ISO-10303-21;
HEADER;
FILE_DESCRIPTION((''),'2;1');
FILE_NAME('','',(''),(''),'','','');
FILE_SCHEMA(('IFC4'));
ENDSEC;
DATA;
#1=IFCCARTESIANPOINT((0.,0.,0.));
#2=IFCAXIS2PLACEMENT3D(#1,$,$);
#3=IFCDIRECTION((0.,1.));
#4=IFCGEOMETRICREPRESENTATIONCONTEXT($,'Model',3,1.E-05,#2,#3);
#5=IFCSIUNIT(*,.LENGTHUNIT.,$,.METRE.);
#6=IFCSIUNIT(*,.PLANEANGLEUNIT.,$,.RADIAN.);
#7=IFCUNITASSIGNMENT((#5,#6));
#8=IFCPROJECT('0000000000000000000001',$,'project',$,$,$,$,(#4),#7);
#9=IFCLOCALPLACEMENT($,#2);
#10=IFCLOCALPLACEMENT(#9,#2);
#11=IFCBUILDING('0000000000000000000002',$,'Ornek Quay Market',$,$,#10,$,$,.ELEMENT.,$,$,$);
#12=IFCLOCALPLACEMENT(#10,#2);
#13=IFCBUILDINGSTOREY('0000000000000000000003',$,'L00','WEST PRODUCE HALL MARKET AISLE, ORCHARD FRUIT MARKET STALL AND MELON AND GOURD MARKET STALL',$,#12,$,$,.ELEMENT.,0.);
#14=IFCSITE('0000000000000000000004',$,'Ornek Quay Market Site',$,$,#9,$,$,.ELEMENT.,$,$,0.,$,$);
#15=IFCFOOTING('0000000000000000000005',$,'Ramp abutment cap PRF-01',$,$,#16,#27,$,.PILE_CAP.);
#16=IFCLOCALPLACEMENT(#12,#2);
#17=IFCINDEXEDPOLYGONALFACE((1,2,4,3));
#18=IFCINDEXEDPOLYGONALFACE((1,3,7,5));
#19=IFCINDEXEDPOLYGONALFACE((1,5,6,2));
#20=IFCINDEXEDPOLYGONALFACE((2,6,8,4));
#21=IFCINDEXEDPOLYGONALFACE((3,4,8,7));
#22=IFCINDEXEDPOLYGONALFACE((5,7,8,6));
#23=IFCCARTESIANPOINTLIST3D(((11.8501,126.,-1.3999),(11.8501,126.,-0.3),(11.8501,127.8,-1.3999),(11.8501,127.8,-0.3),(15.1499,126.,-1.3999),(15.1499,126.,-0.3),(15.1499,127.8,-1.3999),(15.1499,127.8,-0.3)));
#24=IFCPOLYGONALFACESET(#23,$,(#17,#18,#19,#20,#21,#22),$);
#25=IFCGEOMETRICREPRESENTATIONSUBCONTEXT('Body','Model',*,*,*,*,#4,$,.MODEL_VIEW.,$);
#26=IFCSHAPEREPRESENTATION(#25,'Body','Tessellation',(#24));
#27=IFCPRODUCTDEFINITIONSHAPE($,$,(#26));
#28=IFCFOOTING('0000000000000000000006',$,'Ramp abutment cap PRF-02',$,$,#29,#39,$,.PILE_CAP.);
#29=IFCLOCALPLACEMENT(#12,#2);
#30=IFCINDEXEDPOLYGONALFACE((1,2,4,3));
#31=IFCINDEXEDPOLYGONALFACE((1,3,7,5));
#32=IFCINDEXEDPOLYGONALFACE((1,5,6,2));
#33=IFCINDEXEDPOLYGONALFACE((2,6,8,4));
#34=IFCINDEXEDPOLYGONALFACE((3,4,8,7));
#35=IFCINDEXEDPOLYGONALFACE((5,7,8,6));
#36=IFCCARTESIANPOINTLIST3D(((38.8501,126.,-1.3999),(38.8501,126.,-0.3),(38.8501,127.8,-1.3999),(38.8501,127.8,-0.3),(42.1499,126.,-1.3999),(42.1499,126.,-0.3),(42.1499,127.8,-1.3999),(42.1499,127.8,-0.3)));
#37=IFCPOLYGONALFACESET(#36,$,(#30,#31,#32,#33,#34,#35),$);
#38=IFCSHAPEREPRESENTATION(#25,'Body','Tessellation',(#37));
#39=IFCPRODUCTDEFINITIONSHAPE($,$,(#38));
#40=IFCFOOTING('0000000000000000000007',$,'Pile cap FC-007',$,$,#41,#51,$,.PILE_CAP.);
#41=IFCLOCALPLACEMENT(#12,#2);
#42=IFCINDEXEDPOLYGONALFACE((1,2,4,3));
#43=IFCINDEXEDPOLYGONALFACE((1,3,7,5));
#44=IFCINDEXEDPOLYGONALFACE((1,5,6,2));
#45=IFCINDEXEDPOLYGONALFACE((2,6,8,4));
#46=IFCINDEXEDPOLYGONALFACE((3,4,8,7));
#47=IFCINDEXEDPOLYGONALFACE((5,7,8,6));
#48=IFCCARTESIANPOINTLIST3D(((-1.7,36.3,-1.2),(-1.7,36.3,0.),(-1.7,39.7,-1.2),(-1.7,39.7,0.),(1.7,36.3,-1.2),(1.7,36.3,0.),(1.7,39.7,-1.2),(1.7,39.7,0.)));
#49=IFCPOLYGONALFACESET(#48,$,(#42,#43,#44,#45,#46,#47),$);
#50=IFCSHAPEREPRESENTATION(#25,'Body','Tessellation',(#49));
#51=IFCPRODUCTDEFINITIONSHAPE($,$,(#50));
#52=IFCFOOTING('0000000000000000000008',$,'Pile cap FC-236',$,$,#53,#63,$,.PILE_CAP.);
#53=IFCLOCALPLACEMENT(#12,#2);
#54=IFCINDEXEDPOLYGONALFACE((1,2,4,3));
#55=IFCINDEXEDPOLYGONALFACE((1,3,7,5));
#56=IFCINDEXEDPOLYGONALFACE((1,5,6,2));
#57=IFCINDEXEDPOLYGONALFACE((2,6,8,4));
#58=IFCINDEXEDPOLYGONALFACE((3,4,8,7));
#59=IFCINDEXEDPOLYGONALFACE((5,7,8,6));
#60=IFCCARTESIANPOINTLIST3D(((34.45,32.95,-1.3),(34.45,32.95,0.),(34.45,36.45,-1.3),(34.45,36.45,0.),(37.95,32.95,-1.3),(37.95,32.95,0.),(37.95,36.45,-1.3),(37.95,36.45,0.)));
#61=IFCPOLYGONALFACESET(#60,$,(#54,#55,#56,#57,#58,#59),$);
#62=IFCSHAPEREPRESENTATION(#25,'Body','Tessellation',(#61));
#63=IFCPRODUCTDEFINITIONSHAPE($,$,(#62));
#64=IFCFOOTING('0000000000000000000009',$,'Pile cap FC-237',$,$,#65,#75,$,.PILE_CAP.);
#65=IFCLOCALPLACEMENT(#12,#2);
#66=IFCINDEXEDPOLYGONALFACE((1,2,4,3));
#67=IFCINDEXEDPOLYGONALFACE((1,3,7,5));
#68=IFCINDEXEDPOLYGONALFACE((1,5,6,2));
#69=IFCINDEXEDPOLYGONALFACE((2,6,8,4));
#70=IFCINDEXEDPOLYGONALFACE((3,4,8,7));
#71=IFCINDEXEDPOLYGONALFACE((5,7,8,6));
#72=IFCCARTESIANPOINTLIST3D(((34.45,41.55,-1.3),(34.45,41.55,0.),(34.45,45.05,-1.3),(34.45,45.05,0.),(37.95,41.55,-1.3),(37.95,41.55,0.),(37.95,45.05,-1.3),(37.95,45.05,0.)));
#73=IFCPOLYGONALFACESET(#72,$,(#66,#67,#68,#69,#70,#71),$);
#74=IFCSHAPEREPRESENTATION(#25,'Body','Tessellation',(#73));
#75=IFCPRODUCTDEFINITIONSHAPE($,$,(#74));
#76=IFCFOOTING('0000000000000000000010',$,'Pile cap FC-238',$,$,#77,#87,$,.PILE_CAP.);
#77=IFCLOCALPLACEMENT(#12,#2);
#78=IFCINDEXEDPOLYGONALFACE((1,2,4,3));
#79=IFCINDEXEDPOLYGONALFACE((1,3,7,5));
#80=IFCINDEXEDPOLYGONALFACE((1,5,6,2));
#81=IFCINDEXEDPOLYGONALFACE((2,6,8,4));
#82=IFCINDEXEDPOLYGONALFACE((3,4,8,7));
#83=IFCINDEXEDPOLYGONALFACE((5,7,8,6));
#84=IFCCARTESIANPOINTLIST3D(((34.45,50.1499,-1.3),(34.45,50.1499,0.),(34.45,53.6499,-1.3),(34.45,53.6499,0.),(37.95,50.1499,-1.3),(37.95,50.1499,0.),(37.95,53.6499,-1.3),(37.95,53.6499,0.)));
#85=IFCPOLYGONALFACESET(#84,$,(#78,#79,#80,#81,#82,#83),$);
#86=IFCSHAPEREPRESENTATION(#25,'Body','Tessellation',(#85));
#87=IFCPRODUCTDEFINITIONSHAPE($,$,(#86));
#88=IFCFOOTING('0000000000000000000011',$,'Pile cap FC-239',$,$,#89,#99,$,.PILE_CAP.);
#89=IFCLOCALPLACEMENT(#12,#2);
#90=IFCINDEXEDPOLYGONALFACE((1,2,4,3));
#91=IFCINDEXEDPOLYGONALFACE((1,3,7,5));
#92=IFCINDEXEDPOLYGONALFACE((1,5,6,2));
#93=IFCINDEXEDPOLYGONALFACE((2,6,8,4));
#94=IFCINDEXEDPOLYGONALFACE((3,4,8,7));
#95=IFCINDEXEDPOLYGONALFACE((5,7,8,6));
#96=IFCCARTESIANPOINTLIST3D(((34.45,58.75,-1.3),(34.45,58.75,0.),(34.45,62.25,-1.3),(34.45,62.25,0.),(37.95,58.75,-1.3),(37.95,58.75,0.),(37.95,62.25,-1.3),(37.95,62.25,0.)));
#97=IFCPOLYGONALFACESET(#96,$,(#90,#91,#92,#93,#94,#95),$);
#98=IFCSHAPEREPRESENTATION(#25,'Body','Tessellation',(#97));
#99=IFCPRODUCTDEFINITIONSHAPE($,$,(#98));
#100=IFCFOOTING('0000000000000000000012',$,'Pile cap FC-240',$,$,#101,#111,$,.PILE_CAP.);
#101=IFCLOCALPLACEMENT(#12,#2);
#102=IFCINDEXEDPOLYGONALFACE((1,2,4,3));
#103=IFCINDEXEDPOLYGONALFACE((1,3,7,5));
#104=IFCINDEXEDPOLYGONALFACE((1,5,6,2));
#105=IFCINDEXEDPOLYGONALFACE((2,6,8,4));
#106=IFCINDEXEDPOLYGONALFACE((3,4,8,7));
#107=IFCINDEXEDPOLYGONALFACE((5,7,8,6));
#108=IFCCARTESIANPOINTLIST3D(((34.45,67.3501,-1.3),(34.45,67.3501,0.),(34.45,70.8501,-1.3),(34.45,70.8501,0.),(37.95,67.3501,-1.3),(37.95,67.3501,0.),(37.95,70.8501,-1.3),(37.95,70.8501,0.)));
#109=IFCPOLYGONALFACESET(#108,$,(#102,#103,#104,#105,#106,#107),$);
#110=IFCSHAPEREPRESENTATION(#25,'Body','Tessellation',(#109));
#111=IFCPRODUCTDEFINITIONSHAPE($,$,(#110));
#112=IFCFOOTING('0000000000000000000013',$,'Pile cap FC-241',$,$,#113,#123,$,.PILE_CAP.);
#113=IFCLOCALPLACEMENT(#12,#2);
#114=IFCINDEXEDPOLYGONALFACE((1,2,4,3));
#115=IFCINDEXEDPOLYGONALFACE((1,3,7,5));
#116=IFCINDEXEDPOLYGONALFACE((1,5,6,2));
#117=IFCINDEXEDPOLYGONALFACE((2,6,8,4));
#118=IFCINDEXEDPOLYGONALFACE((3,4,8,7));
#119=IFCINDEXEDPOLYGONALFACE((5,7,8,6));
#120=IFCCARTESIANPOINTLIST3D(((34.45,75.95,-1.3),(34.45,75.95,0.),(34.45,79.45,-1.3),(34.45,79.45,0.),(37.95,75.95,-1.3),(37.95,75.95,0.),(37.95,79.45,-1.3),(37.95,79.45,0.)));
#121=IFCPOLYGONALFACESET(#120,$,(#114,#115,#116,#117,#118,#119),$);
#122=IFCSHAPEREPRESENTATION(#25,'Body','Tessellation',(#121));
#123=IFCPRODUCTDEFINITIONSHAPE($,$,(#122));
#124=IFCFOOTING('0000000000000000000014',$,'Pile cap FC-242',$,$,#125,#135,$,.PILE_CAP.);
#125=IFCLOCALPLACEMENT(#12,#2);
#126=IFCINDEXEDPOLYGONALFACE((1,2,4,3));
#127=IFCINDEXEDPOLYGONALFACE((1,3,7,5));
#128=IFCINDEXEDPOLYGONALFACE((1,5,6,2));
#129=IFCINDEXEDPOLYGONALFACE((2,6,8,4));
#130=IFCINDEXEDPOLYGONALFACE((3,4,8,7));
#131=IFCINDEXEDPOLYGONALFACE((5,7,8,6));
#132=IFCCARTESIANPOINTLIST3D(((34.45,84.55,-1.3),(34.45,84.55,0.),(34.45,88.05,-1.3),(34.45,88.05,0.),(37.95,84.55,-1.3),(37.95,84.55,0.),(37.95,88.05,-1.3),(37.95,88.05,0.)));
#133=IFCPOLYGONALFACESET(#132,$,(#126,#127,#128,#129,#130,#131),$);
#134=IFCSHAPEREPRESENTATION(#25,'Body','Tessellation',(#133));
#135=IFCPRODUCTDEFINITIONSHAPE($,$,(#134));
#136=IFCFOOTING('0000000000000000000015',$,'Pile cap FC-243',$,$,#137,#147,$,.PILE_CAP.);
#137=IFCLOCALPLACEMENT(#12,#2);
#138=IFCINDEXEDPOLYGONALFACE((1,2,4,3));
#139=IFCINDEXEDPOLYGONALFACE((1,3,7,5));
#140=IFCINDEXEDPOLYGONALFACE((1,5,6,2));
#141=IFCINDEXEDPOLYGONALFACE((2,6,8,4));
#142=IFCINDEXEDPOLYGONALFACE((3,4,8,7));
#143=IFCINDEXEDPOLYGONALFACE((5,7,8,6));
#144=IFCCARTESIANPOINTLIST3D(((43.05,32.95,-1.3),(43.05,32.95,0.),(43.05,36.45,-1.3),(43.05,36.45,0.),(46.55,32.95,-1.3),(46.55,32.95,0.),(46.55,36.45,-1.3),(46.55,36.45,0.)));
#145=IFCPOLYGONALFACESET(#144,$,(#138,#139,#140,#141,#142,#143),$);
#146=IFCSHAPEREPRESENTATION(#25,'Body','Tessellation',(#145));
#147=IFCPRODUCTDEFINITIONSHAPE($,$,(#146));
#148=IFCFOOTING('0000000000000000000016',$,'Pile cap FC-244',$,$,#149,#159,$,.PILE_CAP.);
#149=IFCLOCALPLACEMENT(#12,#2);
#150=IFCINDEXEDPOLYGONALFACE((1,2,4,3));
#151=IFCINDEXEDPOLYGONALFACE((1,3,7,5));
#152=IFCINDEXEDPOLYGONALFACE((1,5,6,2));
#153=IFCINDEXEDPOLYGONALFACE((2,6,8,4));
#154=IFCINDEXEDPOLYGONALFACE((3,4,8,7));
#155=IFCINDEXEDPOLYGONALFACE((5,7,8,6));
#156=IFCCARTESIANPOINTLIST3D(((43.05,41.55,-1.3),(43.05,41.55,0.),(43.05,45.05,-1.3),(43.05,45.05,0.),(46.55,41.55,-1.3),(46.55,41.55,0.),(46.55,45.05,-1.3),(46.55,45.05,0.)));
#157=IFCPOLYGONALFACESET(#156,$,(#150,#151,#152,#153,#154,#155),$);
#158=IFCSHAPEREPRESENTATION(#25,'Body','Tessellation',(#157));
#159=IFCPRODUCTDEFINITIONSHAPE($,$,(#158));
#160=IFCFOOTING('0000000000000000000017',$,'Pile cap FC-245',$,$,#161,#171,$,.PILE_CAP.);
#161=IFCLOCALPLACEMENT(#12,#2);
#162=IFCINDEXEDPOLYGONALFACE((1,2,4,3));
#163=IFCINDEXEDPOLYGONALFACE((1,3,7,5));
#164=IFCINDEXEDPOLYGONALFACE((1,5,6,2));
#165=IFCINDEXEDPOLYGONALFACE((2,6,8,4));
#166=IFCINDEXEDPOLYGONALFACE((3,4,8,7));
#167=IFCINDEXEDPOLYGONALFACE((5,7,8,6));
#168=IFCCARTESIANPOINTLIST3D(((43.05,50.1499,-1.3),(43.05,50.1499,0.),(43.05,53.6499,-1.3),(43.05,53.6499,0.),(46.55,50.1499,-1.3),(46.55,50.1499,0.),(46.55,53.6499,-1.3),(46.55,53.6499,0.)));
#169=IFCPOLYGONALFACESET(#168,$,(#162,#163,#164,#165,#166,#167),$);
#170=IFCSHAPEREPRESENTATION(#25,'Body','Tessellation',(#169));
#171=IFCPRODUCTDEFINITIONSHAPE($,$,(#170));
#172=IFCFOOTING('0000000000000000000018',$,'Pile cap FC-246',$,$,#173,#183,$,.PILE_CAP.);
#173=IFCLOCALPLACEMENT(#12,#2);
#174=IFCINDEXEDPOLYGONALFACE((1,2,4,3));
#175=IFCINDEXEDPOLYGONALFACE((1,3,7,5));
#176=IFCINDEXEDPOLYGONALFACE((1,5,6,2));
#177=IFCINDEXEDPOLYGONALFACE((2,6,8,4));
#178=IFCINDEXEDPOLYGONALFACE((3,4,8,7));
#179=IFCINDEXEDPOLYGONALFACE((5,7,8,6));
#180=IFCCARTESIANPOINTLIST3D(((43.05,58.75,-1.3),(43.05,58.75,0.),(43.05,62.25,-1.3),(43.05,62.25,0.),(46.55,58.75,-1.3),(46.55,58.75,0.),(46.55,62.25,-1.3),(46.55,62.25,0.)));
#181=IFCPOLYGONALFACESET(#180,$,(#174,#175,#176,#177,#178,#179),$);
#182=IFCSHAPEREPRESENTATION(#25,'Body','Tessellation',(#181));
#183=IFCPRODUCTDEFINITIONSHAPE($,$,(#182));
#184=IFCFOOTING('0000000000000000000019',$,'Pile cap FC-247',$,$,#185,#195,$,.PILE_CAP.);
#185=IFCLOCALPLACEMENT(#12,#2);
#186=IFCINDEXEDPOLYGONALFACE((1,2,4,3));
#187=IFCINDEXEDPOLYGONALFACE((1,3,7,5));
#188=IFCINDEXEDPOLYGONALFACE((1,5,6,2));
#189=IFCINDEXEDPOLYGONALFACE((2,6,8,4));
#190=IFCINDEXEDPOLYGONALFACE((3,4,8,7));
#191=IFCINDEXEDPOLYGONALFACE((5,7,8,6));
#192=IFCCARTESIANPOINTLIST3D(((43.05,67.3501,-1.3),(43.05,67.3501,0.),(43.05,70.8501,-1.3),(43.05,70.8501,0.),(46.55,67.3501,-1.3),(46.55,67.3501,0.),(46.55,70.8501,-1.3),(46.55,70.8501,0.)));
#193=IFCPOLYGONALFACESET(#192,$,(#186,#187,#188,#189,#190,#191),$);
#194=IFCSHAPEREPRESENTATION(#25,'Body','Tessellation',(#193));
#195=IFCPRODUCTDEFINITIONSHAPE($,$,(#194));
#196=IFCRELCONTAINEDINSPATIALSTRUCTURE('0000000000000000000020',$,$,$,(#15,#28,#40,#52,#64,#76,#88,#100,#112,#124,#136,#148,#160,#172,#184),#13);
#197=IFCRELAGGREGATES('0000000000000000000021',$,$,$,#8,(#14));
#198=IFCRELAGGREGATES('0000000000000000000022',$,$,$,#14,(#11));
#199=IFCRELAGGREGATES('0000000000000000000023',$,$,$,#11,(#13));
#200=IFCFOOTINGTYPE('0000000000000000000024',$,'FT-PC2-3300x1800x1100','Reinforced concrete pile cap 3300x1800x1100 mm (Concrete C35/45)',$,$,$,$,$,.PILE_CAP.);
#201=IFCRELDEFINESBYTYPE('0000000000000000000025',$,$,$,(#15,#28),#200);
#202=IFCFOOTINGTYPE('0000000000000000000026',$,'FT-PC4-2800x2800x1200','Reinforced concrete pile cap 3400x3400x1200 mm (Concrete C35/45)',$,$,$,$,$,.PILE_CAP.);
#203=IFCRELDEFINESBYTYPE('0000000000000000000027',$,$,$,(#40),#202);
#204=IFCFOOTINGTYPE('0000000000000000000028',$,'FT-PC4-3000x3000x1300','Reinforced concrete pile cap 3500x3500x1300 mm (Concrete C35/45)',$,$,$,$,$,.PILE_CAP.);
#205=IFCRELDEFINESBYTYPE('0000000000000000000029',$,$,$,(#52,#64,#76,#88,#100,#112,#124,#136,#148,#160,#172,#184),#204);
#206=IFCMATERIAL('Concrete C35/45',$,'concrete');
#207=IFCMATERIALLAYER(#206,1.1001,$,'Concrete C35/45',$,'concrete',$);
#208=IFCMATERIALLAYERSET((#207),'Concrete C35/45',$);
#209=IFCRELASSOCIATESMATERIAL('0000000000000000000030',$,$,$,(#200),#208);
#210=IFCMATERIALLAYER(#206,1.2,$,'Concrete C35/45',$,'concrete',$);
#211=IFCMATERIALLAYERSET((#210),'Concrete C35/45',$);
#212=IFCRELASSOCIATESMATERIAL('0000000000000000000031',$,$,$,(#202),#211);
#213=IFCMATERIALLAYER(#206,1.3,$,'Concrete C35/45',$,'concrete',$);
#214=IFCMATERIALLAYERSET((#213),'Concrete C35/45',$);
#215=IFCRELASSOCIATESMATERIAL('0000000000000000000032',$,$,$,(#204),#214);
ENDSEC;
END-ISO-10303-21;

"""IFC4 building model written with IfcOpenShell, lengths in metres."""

from ifc_helpers import new_model, si_unit, direction, frame, origin, place, context, subcontext, project, spatial, polyline, outline, extrude, material, layer, layer_set, type_object, element, save


model = new_model("IFC4")

# Units and contexts
model_context = context("Model", 3, precision=1e-05, world=origin(), true_north=direction((0.0, 1.0)))
body_context = subcontext(model_context, "Body", "Model", "MODEL_VIEW")
ifc_project = project(units=[si_unit("LENGTHUNIT", "METRE"), si_unit("PLANEANGLEUNIT", "RADIAN")], contexts=[model_context])

# Site, building, storey
site_placement = place(None, origin())
site = spatial("IfcSite", under=ifc_project, at=site_placement, Name="Ornek Quay Market Site", CompositionType="ELEMENT", RefElevation=0.0)
building_placement = place(site_placement, origin())
building = spatial("IfcBuilding", under=site, at=building_placement, Name="Ornek Quay Market", CompositionType="ELEMENT")
storey_placement = place(building_placement, origin())
storey = spatial("IfcBuildingStorey", under=building, at=storey_placement, Name="L00", Description="WEST PRODUCE HALL MARKET AISLE, ORCHARD FRUIT MARKET STALL AND MELON AND GOURD MARKET STALL", CompositionType="ELEMENT", Elevation=0.0)

# Footings
ifc_material = material(Name="Concrete C35/45", Category="concrete")
ifc_layer_1 = layer(ifc_material, 1.1001, Name="Concrete C35/45", Category="concrete")
ifc_layer_set_1 = layer_set([ifc_layer_1], Name="Concrete C35/45")
footing_type_1 = type_object("IfcFootingType", Name="FT-PC2-3300x1800x1100", Description="Reinforced concrete pile cap 3300x1800x1100 mm (Concrete C35/45)", PredefinedType="PILE_CAP", material=ifc_layer_set_1)
footing_1_placement = place(storey_placement, frame((0.0, 0.0, -1.3999)))
element("IfcFooting", 1, at=footing_1_placement, inside=storey, type_object=footing_type_1, Name="Ramp abutment cap PRF-01", PredefinedType="PILE_CAP", context=body_context, shape_type="SweptSolid", body=[
    extrude(outline(polyline([(11.8501, 126.0), (15.1499, 126.0), (15.1499, 127.8), (11.8501, 127.8), (11.8501, 126.0)])), origin(), (0.0, 0.0, 1.0), 1.0999),
])
footing_2_placement = place(storey_placement, frame((0.0, 0.0, -1.3999)))
element("IfcFooting", 2, at=footing_2_placement, inside=storey, type_object=footing_type_1, Name="Ramp abutment cap PRF-02", PredefinedType="PILE_CAP", context=body_context, shape_type="SweptSolid", body=[
    extrude(outline(polyline([(38.8501, 126.0), (42.1499, 126.0), (42.1499, 127.8), (38.8501, 127.8), (38.8501, 126.0)])), origin(), (0.0, 0.0, 1.0), 1.0999),
])
ifc_layer_2 = layer(ifc_material, 1.2, Name="Concrete C35/45", Category="concrete")
ifc_layer_set_2 = layer_set([ifc_layer_2], Name="Concrete C35/45")
footing_type_2 = type_object("IfcFootingType", Name="FT-PC4-2800x2800x1200", Description="Reinforced concrete pile cap 3400x3400x1200 mm (Concrete C35/45)", PredefinedType="PILE_CAP", material=ifc_layer_set_2)
footing_3_placement = place(storey_placement, frame((0.0, 0.0, -1.2)))
element("IfcFooting", 3, at=footing_3_placement, inside=storey, type_object=footing_type_2, Name="Pile cap FC-007", PredefinedType="PILE_CAP", context=body_context, shape_type="SweptSolid", body=[
    extrude(outline(polyline([(-1.7, 36.3), (1.7, 36.3), (1.7, 39.7), (-1.7, 39.7), (-1.7, 36.3)])), origin(), (0.0, 0.0, 1.0), 1.2),
])
ifc_layer_3 = layer(ifc_material, 1.3, Name="Concrete C35/45", Category="concrete")
ifc_layer_set_3 = layer_set([ifc_layer_3], Name="Concrete C35/45")
footing_type_3 = type_object("IfcFootingType", Name="FT-PC4-3000x3000x1300", Description="Reinforced concrete pile cap 3500x3500x1300 mm (Concrete C35/45)", PredefinedType="PILE_CAP", material=ifc_layer_set_3)
footing_4_placement = place(storey_placement, frame((0.0, 0.0, -1.3)))
element("IfcFooting", 4, at=footing_4_placement, inside=storey, type_object=footing_type_3, Name="Pile cap FC-236", PredefinedType="PILE_CAP", context=body_context, shape_type="SweptSolid", body=[
    extrude(outline(polyline([(34.45, 32.95), (37.95, 32.95), (37.95, 36.45), (34.45, 36.45), (34.45, 32.95)])), origin(), (0.0, 0.0, 1.0), 1.3),
])
footing_5_placement = place(storey_placement, frame((0.0, 0.0, -1.3)))
element("IfcFooting", 5, at=footing_5_placement, inside=storey, type_object=footing_type_3, Name="Pile cap FC-237", PredefinedType="PILE_CAP", context=body_context, shape_type="SweptSolid", body=[
    extrude(outline(polyline([(34.45, 41.55), (37.95, 41.55), (37.95, 45.05), (34.45, 45.05), (34.45, 41.55)])), origin(), (0.0, 0.0, 1.0), 1.3),
])
footing_6_placement = place(storey_placement, frame((0.0, 0.0, -1.3)))
element("IfcFooting", 6, at=footing_6_placement, inside=storey, type_object=footing_type_3, Name="Pile cap FC-238", PredefinedType="PILE_CAP", context=body_context, shape_type="SweptSolid", body=[
    extrude(outline(polyline([(34.45, 50.1499), (37.95, 50.1499), (37.95, 53.6499), (34.45, 53.6499), (34.45, 50.1499)])), origin(), (0.0, 0.0, 1.0), 1.3),
])
footing_7_placement = place(storey_placement, frame((0.0, 0.0, -1.3)))
element("IfcFooting", 7, at=footing_7_placement, inside=storey, type_object=footing_type_3, Name="Pile cap FC-239", PredefinedType="PILE_CAP", context=body_context, shape_type="SweptSolid", body=[
    extrude(outline(polyline([(34.45, 58.75), (37.95, 58.75), (37.95, 62.25), (34.45, 62.25), (34.45, 58.75)])), origin(), (0.0, 0.0, 1.0), 1.3),
])
footing_8_placement = place(storey_placement, frame((0.0, 0.0, -1.3)))
element("IfcFooting", 8, at=footing_8_placement, inside=storey, type_object=footing_type_3, Name="Pile cap FC-240", PredefinedType="PILE_CAP", context=body_context, shape_type="SweptSolid", body=[
    extrude(outline(polyline([(34.45, 67.3501), (37.95, 67.3501), (37.95, 70.8501), (34.45, 70.8501), (34.45, 67.3501)])), origin(), (0.0, 0.0, 1.0), 1.3),
])
footing_9_placement = place(storey_placement, frame((0.0, 0.0, -1.3)))
element("IfcFooting", 9, at=footing_9_placement, inside=storey, type_object=footing_type_3, Name="Pile cap FC-241", PredefinedType="PILE_CAP", context=body_context, shape_type="SweptSolid", body=[
    extrude(outline(polyline([(34.45, 75.95), (37.95, 75.95), (37.95, 79.45), (34.45, 79.45), (34.45, 75.95)])), origin(), (0.0, 0.0, 1.0), 1.3),
])
footing_10_placement = place(storey_placement, frame((0.0, 0.0, -1.3)))
element("IfcFooting", 10, at=footing_10_placement, inside=storey, type_object=footing_type_3, Name="Pile cap FC-242", PredefinedType="PILE_CAP", context=body_context, shape_type="SweptSolid", body=[
    extrude(outline(polyline([(34.45, 84.55), (37.95, 84.55), (37.95, 88.05), (34.45, 88.05), (34.45, 84.55)])), origin(), (0.0, 0.0, 1.0), 1.3),
])
footing_11_placement = place(storey_placement, frame((0.0, 0.0, -1.3)))
element("IfcFooting", 11, at=footing_11_placement, inside=storey, type_object=footing_type_3, Name="Pile cap FC-243", PredefinedType="PILE_CAP", context=body_context, shape_type="SweptSolid", body=[
    extrude(outline(polyline([(43.05, 32.95), (46.55, 32.95), (46.55, 36.45), (43.05, 36.45), (43.05, 32.95)])), origin(), (0.0, 0.0, 1.0), 1.3),
])
footing_12_placement = place(storey_placement, frame((0.0, 0.0, -1.3)))
element("IfcFooting", 12, at=footing_12_placement, inside=storey, type_object=footing_type_3, Name="Pile cap FC-244", PredefinedType="PILE_CAP", context=body_context, shape_type="SweptSolid", body=[
    extrude(outline(polyline([(43.05, 41.55), (46.55, 41.55), (46.55, 45.05), (43.05, 45.05), (43.05, 41.55)])), origin(), (0.0, 0.0, 1.0), 1.3),
])
footing_13_placement = place(storey_placement, frame((0.0, 0.0, -1.3)))
element("IfcFooting", 13, at=footing_13_placement, inside=storey, type_object=footing_type_3, Name="Pile cap FC-245", PredefinedType="PILE_CAP", context=body_context, shape_type="SweptSolid", body=[
    extrude(outline(polyline([(43.05, 50.1499), (46.55, 50.1499), (46.55, 53.6499), (43.05, 53.6499), (43.05, 50.1499)])), origin(), (0.0, 0.0, 1.0), 1.3),
])
footing_14_placement = place(storey_placement, frame((0.0, 0.0, -1.3)))
element("IfcFooting", 14, at=footing_14_placement, inside=storey, type_object=footing_type_3, Name="Pile cap FC-246", PredefinedType="PILE_CAP", context=body_context, shape_type="SweptSolid", body=[
    extrude(outline(polyline([(43.05, 58.75), (46.55, 58.75), (46.55, 62.25), (43.05, 62.25), (43.05, 58.75)])), origin(), (0.0, 0.0, 1.0), 1.3),
])
footing_15_placement = place(storey_placement, frame((0.0, 0.0, -1.3)))
element("IfcFooting", 15, at=footing_15_placement, inside=storey, type_object=footing_type_3, Name="Pile cap FC-247", PredefinedType="PILE_CAP", context=body_context, shape_type="SweptSolid", body=[
    extrude(outline(polyline([(43.05, 67.3501), (46.55, 67.3501), (46.55, 70.8501), (43.05, 70.8501), (43.05, 67.3501)])), origin(), (0.0, 0.0, 1.0), 1.3),
])

save(model, "model.ifc")
